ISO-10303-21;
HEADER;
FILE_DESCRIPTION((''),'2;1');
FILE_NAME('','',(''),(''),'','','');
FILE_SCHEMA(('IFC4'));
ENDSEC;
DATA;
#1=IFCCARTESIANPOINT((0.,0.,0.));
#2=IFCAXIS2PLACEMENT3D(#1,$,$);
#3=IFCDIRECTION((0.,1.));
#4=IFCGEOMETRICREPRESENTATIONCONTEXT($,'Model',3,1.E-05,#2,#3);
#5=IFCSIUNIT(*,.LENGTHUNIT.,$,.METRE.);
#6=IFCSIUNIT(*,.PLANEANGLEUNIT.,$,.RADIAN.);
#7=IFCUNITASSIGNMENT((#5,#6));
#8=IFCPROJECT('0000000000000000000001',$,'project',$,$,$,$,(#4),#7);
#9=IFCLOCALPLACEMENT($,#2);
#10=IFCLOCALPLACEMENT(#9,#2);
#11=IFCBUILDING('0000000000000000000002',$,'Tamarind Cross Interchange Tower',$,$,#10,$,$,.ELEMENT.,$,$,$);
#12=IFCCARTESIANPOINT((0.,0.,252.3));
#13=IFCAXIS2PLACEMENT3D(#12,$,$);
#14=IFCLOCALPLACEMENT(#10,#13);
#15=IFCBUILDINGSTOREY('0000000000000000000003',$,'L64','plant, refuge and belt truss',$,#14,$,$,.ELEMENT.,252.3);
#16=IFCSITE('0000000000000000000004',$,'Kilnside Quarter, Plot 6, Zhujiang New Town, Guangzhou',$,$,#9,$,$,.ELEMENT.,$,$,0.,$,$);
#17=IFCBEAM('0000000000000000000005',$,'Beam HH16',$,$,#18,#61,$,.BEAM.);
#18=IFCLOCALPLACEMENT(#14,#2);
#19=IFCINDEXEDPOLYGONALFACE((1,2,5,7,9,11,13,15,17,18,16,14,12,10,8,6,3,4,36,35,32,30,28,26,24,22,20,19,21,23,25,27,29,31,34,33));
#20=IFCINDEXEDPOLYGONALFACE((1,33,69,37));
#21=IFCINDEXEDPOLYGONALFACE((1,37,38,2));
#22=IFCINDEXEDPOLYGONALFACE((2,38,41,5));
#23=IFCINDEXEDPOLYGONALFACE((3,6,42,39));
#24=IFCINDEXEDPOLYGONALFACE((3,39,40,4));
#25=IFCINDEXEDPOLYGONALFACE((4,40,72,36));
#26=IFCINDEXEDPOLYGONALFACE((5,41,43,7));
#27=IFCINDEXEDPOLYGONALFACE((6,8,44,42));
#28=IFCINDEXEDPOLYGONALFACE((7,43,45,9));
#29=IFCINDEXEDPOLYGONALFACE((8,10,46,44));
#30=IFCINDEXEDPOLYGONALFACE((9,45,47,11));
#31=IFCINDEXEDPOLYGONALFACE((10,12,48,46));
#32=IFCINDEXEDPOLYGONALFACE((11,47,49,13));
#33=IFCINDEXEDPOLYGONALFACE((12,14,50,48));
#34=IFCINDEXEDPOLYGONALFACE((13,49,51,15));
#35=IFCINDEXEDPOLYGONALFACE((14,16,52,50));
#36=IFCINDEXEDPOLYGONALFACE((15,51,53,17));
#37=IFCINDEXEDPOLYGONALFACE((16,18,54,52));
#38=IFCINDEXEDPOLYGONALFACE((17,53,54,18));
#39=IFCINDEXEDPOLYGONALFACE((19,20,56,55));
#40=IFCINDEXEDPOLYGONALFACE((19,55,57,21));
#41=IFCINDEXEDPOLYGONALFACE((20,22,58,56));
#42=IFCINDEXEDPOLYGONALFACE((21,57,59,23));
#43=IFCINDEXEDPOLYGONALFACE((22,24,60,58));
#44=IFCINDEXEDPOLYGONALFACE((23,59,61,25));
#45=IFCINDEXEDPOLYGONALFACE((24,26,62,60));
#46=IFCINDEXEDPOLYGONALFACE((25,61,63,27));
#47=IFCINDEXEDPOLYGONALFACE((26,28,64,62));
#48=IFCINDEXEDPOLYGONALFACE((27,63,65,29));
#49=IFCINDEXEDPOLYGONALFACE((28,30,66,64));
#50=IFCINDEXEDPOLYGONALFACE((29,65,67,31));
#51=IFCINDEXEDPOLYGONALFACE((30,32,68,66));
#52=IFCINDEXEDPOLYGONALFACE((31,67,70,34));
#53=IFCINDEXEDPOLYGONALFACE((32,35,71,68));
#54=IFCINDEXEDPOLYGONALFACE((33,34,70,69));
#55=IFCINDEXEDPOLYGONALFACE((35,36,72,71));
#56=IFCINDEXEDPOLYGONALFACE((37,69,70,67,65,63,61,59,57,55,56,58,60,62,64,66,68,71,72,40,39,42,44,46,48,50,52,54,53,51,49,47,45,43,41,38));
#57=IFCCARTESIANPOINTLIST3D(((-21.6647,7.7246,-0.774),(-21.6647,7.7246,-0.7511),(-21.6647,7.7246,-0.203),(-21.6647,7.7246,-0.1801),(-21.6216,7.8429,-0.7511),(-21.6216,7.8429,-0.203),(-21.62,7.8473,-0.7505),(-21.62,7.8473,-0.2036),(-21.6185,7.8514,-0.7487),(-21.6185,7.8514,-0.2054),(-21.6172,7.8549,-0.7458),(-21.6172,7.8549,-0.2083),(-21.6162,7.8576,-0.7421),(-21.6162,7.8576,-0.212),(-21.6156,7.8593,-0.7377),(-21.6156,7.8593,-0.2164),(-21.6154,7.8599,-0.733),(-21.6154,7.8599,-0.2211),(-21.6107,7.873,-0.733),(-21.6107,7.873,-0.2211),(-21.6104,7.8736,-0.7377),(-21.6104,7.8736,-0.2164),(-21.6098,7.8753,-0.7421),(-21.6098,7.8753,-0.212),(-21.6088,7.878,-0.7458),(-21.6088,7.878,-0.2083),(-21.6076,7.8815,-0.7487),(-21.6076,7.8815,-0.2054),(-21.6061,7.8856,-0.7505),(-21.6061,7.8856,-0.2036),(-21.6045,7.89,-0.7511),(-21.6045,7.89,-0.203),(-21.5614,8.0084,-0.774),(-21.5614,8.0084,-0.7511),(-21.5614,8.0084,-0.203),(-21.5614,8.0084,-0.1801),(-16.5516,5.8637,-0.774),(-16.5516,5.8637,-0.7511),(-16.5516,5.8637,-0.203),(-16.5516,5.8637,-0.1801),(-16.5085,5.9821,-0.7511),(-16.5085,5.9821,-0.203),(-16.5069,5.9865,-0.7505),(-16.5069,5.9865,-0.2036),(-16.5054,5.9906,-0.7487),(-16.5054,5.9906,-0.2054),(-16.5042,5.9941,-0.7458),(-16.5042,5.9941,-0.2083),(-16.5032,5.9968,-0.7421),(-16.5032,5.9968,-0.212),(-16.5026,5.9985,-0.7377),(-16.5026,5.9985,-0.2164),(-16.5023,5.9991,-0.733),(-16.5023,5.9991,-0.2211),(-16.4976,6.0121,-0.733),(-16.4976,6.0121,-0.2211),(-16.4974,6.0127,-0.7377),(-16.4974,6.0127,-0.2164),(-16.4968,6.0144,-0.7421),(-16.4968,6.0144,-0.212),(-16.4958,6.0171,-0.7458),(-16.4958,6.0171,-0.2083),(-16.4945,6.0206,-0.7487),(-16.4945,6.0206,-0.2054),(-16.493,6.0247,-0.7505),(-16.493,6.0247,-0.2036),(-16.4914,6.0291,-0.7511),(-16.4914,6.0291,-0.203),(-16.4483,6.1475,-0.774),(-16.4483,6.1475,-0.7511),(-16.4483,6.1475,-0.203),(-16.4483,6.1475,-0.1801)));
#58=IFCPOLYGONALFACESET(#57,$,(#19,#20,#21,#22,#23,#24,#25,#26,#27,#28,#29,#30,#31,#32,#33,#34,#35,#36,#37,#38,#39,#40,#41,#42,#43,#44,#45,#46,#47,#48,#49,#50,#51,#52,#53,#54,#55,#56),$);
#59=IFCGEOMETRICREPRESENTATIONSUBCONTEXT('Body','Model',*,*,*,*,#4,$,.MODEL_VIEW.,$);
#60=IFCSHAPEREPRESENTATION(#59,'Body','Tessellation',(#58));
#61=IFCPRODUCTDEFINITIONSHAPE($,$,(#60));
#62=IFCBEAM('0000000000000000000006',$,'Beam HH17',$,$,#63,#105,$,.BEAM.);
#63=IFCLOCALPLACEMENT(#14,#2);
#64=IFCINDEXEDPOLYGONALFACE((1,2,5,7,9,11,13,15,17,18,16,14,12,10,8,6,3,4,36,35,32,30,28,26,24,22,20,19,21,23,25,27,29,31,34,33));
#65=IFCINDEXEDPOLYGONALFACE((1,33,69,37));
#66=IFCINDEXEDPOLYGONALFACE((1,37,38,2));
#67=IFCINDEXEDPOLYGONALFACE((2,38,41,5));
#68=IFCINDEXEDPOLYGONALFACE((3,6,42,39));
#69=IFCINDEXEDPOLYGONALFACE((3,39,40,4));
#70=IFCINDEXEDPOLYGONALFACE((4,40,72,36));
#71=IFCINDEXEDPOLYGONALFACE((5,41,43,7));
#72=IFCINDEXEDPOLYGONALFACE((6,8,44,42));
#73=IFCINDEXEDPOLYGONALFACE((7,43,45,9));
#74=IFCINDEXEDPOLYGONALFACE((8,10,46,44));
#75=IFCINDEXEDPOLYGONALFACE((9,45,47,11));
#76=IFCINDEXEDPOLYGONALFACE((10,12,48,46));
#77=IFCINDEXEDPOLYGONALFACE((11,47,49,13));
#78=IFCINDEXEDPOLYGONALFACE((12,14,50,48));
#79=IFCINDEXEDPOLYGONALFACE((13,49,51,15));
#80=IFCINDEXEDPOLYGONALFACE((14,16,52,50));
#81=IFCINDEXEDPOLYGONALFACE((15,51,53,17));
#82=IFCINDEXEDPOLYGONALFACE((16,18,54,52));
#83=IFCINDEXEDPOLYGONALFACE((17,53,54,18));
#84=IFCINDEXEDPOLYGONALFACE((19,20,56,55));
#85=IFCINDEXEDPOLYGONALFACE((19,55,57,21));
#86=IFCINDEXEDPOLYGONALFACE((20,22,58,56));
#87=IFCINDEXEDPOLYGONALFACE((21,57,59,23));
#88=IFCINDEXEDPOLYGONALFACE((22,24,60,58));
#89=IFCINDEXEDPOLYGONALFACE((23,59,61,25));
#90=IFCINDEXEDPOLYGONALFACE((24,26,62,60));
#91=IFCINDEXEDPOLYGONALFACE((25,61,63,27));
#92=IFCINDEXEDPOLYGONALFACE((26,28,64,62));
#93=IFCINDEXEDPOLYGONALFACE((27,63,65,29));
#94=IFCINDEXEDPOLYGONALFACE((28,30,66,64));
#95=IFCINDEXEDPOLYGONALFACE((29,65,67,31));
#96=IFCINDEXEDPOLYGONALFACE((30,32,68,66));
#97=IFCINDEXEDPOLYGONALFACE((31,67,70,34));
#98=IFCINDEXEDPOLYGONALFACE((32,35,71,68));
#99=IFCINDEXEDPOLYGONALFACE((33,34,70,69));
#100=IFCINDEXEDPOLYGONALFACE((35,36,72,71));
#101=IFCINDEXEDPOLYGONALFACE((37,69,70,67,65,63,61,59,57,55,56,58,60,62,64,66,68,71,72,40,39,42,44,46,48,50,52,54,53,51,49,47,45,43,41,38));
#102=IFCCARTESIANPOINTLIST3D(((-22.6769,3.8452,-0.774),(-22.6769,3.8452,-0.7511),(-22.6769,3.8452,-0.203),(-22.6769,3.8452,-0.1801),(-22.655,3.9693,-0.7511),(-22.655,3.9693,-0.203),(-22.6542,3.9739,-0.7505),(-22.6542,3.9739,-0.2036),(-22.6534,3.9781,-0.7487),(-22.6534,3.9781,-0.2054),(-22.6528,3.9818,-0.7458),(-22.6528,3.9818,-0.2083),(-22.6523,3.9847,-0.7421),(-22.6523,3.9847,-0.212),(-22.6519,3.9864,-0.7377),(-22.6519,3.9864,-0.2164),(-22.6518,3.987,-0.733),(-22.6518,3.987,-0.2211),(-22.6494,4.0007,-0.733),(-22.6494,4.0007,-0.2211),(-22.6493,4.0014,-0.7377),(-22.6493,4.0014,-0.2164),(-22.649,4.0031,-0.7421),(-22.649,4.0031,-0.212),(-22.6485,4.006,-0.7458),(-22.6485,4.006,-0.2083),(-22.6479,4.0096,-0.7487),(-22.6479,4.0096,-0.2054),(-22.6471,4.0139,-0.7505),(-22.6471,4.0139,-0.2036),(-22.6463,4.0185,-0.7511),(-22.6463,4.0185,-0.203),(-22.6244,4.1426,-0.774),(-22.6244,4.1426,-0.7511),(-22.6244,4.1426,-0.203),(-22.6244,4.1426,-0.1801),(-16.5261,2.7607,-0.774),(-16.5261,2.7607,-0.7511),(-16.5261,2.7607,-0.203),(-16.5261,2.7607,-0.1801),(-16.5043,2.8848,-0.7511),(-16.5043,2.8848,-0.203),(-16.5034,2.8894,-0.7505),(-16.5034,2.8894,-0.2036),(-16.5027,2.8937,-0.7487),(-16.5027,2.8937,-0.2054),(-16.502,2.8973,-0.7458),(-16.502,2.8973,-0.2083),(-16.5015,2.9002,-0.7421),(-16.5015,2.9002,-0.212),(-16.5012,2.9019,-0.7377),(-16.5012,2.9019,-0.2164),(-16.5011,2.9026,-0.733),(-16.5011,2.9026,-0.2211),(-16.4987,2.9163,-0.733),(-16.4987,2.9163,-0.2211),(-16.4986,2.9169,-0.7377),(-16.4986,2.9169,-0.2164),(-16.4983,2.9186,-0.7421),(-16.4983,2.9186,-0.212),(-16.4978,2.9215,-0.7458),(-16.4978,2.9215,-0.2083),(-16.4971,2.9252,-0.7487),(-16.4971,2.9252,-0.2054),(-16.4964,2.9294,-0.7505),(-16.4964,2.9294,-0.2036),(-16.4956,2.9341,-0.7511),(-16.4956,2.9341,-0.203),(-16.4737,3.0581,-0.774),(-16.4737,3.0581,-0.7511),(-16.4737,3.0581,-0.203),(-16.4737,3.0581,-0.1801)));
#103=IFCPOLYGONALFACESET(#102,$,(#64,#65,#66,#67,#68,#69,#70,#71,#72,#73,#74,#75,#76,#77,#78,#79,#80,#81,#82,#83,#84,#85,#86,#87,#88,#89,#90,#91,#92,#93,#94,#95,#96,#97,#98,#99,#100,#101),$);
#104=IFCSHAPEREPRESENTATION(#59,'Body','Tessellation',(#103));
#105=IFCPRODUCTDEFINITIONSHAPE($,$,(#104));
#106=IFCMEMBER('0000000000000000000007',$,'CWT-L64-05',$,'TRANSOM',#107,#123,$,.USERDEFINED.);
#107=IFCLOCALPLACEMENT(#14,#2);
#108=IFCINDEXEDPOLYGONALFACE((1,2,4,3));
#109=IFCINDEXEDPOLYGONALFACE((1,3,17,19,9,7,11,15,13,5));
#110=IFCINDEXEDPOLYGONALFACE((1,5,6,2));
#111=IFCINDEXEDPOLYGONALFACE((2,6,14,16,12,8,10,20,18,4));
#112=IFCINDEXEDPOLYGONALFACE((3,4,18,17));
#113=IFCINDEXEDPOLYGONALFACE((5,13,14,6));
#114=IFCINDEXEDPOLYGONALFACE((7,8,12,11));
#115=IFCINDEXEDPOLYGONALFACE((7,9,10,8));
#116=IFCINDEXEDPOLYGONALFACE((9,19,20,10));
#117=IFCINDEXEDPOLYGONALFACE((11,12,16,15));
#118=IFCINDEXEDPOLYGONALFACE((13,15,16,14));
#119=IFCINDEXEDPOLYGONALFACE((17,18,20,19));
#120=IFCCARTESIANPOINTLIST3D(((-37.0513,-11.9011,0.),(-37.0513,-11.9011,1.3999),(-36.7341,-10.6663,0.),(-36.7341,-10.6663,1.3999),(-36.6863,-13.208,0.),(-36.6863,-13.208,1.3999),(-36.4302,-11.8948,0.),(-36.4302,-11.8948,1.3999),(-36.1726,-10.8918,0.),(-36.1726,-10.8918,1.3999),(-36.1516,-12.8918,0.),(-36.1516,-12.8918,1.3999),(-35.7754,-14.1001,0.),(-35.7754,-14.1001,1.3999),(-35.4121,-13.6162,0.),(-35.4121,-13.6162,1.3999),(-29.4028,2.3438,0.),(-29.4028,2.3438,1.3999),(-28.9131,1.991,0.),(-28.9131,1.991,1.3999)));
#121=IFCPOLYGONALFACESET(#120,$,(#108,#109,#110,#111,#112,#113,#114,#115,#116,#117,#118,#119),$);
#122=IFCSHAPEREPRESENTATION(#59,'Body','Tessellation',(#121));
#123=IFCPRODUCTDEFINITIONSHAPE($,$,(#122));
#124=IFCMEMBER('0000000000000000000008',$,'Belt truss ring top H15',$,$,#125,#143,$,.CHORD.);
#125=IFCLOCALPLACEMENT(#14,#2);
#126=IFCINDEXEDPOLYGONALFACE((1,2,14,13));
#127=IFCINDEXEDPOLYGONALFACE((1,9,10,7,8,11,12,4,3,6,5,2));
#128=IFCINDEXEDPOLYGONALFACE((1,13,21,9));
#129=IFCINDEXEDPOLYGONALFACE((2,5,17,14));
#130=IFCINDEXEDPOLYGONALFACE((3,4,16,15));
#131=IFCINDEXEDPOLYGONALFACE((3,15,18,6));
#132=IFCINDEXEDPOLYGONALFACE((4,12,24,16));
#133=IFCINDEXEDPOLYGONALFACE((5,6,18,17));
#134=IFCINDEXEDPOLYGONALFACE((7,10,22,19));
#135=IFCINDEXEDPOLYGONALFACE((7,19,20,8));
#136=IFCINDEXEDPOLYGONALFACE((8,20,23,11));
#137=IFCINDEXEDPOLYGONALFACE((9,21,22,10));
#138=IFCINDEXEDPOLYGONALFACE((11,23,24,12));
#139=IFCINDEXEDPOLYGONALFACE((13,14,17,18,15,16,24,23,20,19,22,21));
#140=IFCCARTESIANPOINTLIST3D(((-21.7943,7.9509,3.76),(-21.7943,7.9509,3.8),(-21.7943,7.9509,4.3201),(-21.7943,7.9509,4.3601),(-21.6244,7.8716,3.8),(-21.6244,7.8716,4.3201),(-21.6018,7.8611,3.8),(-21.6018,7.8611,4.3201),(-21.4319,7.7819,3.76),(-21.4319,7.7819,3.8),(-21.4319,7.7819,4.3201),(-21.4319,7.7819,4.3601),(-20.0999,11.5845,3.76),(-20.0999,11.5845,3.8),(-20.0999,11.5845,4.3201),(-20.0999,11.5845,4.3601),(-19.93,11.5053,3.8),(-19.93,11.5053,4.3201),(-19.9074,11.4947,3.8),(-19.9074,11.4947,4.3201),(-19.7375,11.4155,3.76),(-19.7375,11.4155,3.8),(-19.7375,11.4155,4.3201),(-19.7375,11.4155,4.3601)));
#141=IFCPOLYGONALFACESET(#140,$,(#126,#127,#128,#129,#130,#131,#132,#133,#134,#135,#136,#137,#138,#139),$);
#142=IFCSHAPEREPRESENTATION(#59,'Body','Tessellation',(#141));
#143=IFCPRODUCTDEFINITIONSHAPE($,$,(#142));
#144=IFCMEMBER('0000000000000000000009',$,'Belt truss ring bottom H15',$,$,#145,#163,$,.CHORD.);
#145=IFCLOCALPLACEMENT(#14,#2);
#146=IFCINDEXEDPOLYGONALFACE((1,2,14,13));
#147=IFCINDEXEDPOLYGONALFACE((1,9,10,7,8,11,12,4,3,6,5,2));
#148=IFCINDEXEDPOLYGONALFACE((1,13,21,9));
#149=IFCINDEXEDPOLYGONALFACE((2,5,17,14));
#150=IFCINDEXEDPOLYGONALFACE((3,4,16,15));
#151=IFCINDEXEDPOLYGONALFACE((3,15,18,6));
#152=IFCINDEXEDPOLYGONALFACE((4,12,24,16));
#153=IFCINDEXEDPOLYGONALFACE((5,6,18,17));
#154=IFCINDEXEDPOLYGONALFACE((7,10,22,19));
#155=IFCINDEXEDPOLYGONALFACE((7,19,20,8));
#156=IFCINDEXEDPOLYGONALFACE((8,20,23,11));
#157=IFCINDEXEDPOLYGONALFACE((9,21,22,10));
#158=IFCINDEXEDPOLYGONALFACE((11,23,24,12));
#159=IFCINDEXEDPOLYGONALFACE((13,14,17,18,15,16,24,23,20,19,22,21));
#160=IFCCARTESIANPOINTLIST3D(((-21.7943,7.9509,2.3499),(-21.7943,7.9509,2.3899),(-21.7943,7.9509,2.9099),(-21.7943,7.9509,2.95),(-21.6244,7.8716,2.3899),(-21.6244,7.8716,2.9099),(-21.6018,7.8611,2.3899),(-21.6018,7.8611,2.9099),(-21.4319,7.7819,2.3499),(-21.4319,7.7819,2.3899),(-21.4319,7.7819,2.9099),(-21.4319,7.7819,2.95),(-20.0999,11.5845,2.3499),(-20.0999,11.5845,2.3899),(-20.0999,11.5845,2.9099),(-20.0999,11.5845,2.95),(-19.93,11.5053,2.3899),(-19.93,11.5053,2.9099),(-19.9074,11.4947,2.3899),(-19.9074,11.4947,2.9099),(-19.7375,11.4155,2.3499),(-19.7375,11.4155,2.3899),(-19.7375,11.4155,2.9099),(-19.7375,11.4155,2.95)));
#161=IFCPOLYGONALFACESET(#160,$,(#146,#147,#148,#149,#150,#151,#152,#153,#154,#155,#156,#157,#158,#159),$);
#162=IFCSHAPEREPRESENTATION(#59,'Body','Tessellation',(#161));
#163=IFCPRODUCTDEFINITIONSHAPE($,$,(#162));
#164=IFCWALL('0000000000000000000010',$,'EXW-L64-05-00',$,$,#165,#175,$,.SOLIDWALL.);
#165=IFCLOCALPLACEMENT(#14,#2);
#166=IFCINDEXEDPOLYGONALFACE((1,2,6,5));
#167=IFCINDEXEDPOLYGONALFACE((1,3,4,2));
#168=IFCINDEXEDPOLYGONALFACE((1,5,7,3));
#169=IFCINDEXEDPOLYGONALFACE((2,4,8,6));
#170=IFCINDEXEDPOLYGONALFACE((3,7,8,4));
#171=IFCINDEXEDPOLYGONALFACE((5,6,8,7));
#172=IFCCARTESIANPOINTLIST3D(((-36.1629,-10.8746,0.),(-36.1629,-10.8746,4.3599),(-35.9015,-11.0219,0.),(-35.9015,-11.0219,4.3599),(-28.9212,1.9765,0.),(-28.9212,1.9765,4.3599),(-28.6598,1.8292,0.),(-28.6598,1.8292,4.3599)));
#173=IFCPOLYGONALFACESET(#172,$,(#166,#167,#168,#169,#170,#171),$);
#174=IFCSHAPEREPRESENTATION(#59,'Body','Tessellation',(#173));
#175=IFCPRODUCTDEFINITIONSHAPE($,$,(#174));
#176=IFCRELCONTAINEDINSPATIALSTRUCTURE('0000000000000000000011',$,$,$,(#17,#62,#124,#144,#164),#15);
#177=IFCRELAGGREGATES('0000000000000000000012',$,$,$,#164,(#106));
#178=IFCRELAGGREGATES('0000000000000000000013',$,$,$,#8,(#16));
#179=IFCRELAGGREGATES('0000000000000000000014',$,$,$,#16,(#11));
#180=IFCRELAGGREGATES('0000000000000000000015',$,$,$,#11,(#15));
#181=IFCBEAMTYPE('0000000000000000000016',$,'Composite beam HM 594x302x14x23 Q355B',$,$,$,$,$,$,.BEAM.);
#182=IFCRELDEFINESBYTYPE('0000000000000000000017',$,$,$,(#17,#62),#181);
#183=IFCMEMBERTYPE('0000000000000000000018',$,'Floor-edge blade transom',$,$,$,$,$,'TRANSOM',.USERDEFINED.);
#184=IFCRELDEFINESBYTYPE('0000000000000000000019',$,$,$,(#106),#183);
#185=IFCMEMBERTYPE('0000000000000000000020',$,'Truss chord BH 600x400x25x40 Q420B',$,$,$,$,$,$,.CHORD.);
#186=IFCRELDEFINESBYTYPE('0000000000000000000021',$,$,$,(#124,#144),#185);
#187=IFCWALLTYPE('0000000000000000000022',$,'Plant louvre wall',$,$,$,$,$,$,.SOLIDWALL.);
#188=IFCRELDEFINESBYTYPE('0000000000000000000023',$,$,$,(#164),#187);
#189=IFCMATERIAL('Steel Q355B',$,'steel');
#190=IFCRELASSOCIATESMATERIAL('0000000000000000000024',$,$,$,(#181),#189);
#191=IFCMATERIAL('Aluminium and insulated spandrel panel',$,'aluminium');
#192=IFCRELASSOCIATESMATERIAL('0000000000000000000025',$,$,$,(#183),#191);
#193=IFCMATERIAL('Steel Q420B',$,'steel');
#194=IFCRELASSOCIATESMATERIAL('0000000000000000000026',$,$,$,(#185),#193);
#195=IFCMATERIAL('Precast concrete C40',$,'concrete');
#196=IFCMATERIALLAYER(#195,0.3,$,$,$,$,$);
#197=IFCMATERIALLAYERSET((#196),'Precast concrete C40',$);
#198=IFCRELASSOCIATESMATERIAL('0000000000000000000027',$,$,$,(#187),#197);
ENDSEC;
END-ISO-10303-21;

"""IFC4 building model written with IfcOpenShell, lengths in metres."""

from ifc_helpers import new_model, si_unit, direction, frame, frame_2d, origin, origin_2d, place, context, subcontext, project, spatial, polyline, rectangle, i_section, outline, extrude, material, layer, layer_set, material_profile, profile_set, type_object, element, aggregate, save


model = new_model("IFC4")

# Units and contexts
model_context = context("Model", 3, precision=1e-05, world=origin(), true_north=direction((0.0, 1.0)))
body_context = subcontext(model_context, "Body", "Model", "MODEL_VIEW")
ifc_project = project(units=[si_unit("LENGTHUNIT", "METRE"), si_unit("PLANEANGLEUNIT", "RADIAN")], contexts=[model_context])

# Site, building, storey
site_placement = place(None, origin())
site = spatial("IfcSite", under=ifc_project, at=site_placement, Name="Kilnside Quarter, Plot 6, Zhujiang New Town, Guangzhou", CompositionType="ELEMENT", RefElevation=0.0)
building_placement = place(site_placement, origin())
building = spatial("IfcBuilding", under=site, at=building_placement, Name="Tamarind Cross Interchange Tower", CompositionType="ELEMENT")
storey_placement = place(building_placement, frame((0.0, 0.0, 252.3)))
storey = spatial("IfcBuildingStorey", under=building, at=storey_placement, Name="L64", Description="plant, refuge and belt truss", CompositionType="ELEMENT", Elevation=252.3)

# Beams
ifc_material_1 = material(Name="Steel Q355B", Category="steel")
ifc_material_profile_1 = material_profile(ifc_material_1, i_section(OverallWidth=0.302, OverallDepth=0.594, WebThickness=0.0139, FlangeThickness=0.0229, FilletRadius=0.0181, at=origin_2d()), Name="HM 594x302x14x23")
ifc_profile_set_1 = profile_set([ifc_material_profile_1], Name="Steel Q355B")
beam_type = type_object("IfcBeamType", Name="Composite beam HM 594x302x14x23 Q355B", PredefinedType="BEAM", material=ifc_profile_set_1)
beam_1_placement = place(storey_placement, frame((-21.613, 7.8665, -0.4771), z_axis=(0.939702, -0.341995, 0.0), x_axis=(0.341995, 0.939702, 0.0)))
element("IfcBeam", 1, at=beam_1_placement, inside=storey, type_object=beam_type, Name="Beam HH16", PredefinedType="BEAM", context=body_context, shape_type="SweptSolid", body=[
    extrude(i_section(OverallWidth=0.302, OverallDepth=0.594, WebThickness=0.0139, FlangeThickness=0.0229, FilletRadius=0.0181, at=origin_2d()), origin(), (0.0, 0.0, 1.0), 5.4412),
])
beam_2_placement = place(storey_placement, frame((-22.6506, 3.9939, -0.4771), z_axis=(0.984809, -0.17364, 0.0), x_axis=(0.17364, 0.984809, 0.0)))
element("IfcBeam", 2, at=beam_2_placement, inside=storey, type_object=beam_type, Name="Beam HH17", PredefinedType="BEAM", context=body_context, shape_type="SweptSolid", body=[
    extrude(i_section(OverallWidth=0.302, OverallDepth=0.594, WebThickness=0.0139, FlangeThickness=0.0229, FilletRadius=0.0181, at=origin_2d()), origin(), (0.0, 0.0, 1.0), 6.2456),
])

# Member
ifc_material_2 = material(Name="Aluminium and insulated spandrel panel", Category="aluminium")
member_type_1 = type_object("IfcMemberType", Name="Floor-edge blade transom", ElementType="TRANSOM", PredefinedType="USERDEFINED", material=ifc_material_2)
member_placement = place(storey_placement, origin())
member = element("IfcMember", 3, at=member_placement, type_object=member_type_1, Name="CWT-L64-05", ObjectType="TRANSOM", PredefinedType="USERDEFINED", context=body_context, shape_type="SweptSolid", body=[
    extrude(outline(polyline([(-28.9131, 1.991), (-36.1726, -10.8918), (-36.4302, -11.8948), (-36.1516, -12.8918), (-35.4121, -13.6162), (-35.7754, -14.1001), (-36.6863, -13.208), (-37.0513, -11.9011), (-36.7341, -10.6663), (-29.4028, 2.3438), (-28.9131, 1.991)])), origin(), (0.0, 0.0, 1.0), 1.3999),
])

# Members
ifc_material_3 = material(Name="Steel Q420B", Category="steel")
ifc_material_profile_2 = material_profile(ifc_material_3, i_section(OverallWidth=0.3999, OverallDepth=0.6001, WebThickness=0.0249, FlangeThickness=0.04, at=origin_2d()), Name="BH 600x400x25x40")
ifc_profile_set_2 = profile_set([ifc_material_profile_2], Name="Steel Q420B")
member_type_2 = type_object("IfcMemberType", Name="Truss chord BH 600x400x25x40 Q420B", PredefinedType="CHORD", material=ifc_profile_set_2)
for number, where, z_axis, x_axis, name in (
    (4, (-19.9187, 11.5, 4.0601), (-0.422615, -0.906309, 0.0), (0.906309, -0.422615, 0.0), "Belt truss ring top H15"),
    (5, (-19.9187, 11.5, 2.6499), (-0.422615, -0.906309, 0.0), (0.906309, -0.422615, 0.0), "Belt truss ring bottom H15"),
):
    element("IfcMember", number, at=place(storey_placement, frame(where, z_axis=z_axis, x_axis=x_axis)), inside=storey, type_object=member_type_2, Name=name, PredefinedType="CHORD", context=body_context, shape_type="SweptSolid", body=[
        extrude(i_section(OverallWidth=0.3999, OverallDepth=0.6001, WebThickness=0.0249, FlangeThickness=0.04, at=origin_2d()), origin(), (0.0, 0.0, 1.0), 4.0093),
    ])

# Shared definitions
ifc_material_4 = material(Name="Precast concrete C40", Category="concrete")
ifc_layer_1 = layer(ifc_material_4, 0.3)
ifc_layer_set_1 = layer_set([ifc_layer_1], Name="Precast concrete C40")
wall_type_1 = type_object("IfcWallType", Name="Plant louvre wall", PredefinedType="SOLIDWALL", material=ifc_layer_set_1)

# Wall
wall_1_placement = place(storey_placement, frame((-28.7905, 1.9028, 0.0), z_axis=(0.0, 0.0, 1.0), x_axis=(-0.490929, -0.8712, 0.0)))
wall_1 = element("IfcWall", 6, at=wall_1_placement, inside=storey, type_object=wall_type_1, Name="EXW-L64-05-00", PredefinedType="SOLIDWALL", context=body_context, shape_type="SweptSolid", body=[
    extrude(rectangle(XDim=14.751, YDim=0.3, at=frame_2d((7.3755, 0.0))), origin(), (0.0, 0.0, 1.0), 4.3599),
])
aggregate(wall_1, [member])

save(model, "model.ifc")
